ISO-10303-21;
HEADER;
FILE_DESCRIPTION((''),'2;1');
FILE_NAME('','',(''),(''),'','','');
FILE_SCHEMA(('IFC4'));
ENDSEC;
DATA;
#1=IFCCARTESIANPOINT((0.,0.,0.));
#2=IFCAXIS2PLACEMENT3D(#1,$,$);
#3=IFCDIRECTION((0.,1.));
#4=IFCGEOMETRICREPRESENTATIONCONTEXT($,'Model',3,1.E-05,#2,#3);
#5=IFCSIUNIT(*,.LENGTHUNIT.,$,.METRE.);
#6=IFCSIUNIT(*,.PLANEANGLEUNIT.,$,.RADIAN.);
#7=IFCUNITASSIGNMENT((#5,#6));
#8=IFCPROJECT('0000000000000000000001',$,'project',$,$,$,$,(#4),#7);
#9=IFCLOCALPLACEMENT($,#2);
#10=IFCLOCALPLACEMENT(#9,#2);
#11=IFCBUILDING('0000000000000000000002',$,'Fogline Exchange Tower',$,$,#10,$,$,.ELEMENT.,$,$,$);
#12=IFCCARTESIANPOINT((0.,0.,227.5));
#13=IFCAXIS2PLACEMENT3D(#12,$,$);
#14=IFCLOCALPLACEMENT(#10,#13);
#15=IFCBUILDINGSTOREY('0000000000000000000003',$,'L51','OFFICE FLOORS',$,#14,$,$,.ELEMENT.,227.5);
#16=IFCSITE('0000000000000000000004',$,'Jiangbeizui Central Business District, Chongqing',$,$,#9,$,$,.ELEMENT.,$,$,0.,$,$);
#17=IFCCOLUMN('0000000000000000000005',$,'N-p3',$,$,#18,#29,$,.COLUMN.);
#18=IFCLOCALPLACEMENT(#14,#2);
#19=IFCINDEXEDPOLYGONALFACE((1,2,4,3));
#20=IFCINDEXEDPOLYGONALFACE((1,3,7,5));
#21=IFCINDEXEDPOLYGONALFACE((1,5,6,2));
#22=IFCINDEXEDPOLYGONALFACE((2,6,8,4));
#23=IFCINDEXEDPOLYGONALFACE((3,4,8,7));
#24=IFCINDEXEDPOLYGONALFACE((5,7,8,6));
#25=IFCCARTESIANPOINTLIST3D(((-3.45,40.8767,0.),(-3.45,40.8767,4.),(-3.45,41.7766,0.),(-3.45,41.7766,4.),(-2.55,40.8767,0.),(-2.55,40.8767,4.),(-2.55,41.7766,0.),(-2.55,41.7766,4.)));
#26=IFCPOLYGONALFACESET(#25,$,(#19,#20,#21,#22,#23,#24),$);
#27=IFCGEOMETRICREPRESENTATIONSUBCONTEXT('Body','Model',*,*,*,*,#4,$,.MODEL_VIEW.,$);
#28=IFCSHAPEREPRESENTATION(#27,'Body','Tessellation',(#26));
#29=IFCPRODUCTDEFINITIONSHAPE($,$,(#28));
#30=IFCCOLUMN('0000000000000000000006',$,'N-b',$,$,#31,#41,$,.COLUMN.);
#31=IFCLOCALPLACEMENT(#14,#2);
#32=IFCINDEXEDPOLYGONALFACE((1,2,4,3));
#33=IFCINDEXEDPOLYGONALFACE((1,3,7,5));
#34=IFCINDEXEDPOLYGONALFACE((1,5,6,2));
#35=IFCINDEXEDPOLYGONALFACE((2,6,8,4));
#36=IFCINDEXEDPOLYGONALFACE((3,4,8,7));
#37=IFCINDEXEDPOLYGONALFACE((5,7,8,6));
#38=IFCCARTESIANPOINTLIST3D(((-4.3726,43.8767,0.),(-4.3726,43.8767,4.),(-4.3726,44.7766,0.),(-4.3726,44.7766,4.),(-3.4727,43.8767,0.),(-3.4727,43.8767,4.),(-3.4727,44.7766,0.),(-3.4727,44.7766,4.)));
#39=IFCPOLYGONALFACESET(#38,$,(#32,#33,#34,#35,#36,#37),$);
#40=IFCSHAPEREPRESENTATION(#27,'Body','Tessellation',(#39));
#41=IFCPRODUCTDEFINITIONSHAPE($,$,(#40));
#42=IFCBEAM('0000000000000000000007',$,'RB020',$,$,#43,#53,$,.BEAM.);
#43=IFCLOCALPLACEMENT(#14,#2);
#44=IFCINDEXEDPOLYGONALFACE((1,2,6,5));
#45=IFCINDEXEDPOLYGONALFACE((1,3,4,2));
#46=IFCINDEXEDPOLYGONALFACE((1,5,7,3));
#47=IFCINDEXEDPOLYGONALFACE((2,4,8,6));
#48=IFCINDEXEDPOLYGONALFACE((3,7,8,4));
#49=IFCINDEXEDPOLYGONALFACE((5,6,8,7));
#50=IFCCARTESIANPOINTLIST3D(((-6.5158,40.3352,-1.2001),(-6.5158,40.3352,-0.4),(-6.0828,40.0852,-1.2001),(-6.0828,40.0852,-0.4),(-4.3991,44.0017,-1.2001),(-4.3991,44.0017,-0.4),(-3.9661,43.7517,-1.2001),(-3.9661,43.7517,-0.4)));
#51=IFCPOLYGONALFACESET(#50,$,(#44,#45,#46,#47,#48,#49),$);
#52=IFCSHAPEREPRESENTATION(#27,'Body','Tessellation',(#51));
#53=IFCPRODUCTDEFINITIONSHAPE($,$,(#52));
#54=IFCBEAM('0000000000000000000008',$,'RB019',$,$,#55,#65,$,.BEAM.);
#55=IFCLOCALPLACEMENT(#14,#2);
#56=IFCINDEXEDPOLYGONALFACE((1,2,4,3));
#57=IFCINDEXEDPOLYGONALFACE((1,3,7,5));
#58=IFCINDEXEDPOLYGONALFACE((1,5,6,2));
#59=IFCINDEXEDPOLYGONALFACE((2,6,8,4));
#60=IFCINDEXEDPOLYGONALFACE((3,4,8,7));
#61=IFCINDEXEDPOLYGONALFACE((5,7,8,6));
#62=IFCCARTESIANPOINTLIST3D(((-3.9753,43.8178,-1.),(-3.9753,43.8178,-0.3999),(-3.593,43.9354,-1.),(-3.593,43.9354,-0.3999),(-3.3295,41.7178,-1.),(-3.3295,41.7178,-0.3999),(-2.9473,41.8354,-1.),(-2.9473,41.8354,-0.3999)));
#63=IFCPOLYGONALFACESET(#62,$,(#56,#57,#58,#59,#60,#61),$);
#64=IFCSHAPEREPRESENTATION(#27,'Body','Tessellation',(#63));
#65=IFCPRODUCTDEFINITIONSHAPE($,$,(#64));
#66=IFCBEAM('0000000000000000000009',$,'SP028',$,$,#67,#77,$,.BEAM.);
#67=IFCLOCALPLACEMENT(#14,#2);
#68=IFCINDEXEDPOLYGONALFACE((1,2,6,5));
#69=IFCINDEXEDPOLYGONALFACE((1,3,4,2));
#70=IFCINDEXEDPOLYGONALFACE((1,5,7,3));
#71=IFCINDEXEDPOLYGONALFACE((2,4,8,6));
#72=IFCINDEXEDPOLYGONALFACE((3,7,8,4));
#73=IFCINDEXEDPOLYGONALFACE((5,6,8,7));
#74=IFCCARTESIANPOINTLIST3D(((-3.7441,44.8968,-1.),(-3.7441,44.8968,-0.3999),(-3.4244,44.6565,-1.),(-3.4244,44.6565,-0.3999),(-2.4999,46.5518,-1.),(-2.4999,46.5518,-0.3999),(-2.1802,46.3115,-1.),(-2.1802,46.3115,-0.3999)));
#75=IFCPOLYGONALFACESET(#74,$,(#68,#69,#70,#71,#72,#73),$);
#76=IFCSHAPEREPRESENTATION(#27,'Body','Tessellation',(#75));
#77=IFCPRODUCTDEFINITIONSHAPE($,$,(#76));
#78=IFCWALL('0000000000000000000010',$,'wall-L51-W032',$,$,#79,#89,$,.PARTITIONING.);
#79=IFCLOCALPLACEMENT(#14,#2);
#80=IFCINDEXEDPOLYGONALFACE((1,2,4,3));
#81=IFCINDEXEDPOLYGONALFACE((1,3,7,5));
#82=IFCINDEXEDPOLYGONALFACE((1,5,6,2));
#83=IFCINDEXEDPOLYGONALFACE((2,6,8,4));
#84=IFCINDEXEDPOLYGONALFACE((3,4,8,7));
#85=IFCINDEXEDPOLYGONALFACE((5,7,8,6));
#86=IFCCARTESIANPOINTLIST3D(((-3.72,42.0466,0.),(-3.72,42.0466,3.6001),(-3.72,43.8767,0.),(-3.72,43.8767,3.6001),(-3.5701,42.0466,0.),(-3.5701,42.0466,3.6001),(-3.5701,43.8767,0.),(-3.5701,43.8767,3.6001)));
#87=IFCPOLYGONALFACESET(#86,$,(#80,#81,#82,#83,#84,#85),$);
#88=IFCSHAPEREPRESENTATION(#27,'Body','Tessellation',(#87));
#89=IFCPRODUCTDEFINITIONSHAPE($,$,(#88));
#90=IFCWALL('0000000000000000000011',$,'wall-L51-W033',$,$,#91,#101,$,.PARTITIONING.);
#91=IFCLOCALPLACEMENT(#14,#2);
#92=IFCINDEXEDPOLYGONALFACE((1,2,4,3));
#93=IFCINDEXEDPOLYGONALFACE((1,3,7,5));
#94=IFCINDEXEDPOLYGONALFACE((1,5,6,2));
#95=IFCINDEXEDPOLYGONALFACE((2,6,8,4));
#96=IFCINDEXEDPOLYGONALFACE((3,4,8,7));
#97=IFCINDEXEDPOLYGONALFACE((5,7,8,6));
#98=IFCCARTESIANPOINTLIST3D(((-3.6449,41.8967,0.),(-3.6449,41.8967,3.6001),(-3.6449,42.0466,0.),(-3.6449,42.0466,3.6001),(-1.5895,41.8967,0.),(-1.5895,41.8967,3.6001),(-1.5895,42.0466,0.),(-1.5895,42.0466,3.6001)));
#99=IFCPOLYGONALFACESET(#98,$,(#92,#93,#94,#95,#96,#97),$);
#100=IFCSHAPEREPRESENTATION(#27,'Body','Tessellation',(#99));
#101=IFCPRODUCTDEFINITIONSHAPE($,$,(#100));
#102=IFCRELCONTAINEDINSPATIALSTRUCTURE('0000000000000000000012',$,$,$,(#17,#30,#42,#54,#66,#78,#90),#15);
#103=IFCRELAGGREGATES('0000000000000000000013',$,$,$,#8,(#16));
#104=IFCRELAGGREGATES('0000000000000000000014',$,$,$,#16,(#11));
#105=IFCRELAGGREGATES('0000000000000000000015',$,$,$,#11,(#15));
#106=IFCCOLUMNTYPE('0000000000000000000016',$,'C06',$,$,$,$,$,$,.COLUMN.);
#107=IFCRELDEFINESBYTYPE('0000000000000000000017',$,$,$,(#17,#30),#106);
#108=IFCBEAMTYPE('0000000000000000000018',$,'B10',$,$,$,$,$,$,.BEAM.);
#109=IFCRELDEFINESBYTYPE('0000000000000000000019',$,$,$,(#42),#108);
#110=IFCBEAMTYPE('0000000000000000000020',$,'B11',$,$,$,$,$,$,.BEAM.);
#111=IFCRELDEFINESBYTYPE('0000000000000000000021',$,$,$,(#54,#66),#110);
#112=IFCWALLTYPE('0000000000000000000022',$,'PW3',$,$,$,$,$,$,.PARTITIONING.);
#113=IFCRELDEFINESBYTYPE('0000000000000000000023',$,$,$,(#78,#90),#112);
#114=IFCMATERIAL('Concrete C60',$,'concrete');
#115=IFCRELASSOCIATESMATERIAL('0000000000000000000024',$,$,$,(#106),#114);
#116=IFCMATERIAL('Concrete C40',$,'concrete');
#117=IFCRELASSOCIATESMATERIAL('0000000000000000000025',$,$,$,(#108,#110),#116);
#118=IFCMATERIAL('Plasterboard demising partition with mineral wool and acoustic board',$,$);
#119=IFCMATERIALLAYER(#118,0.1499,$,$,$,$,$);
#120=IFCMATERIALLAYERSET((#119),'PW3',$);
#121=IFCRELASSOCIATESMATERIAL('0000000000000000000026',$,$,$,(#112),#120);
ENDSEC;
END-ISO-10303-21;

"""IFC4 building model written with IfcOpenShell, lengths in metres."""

from ifc_helpers import new_model, si_unit, direction, frame, frame_2d, origin, origin_2d, place, context, subcontext, project, spatial, rectangle, extrude, material, layer, layer_set, material_profile, profile_set, type_object, element, save


model = new_model("IFC4")

# Units and contexts
model_context = context("Model", 3, precision=1e-05, world=origin(), true_north=direction((0.0, 1.0)))
body_context = subcontext(model_context, "Body", "Model", "MODEL_VIEW")
ifc_project = project(units=[si_unit("LENGTHUNIT", "METRE"), si_unit("PLANEANGLEUNIT", "RADIAN")], contexts=[model_context])

# Site, building, storey
site_placement = place(None, origin())
site = spatial("IfcSite", under=ifc_project, at=site_placement, Name="Jiangbeizui Central Business District, Chongqing", CompositionType="ELEMENT", RefElevation=0.0)
building_placement = place(site_placement, origin())
building = spatial("IfcBuilding", under=site, at=building_placement, Name="Fogline Exchange Tower", CompositionType="ELEMENT")
storey_placement = place(building_placement, frame((0.0, 0.0, 227.5)))
storey = spatial("IfcBuildingStorey", under=building, at=storey_placement, Name="L51", Description="OFFICE FLOORS", CompositionType="ELEMENT", Elevation=227.5)

# Columns
ifc_material_1 = material(Name="Concrete C60", Category="concrete")
ifc_material_profile_1 = material_profile(ifc_material_1, rectangle(XDim=0.8999, YDim=0.8999, at=origin_2d()), Name="RC 900x900")
ifc_profile_set_1 = profile_set([ifc_material_profile_1], Name="Concrete C60")
column_type = type_object("IfcColumnType", Name="C06", PredefinedType="COLUMN", material=ifc_profile_set_1)
for number, where, z_axis, x_axis, name in (
    (1, (-3.0, 41.3267, 0.0), (0.0, 0.0, 1.0), (1.0, 0.0, 0.0), "N-p3"),
    (2, (-3.9226, 44.3267, 0.0), (0.0, 0.0, 1.0), (1.0, 0.0, 0.0), "N-b"),
):
    element("IfcColumn", number, at=place(storey_placement, frame(where, z_axis=z_axis, x_axis=x_axis)), inside=storey, type_object=column_type, Name=name, PredefinedType="COLUMN", context=body_context, shape_type="SweptSolid", body=[
        extrude(rectangle(XDim=0.8999, YDim=0.8999, at=origin_2d()), origin(), (0.0, 0.0, 1.0), 4.0),
    ])

# Beams
ifc_material_2 = material(Name="Concrete C40", Category="concrete")
ifc_material_profile_2 = material_profile(ifc_material_2, rectangle(XDim=0.5, YDim=0.8, at=origin_2d()), Name="RC 500x800")
ifc_profile_set_2 = profile_set([ifc_material_profile_2], Name="Concrete C40")
beam_type_1 = type_object("IfcBeamType", Name="B10", PredefinedType="BEAM", material=ifc_profile_set_2)
beam_1_placement = place(storey_placement, frame((-4.1826, 43.8767, -0.8), z_axis=(-0.499972, -0.866042, 0.0), x_axis=(0.866042, -0.499972, 0.0)))
element("IfcBeam", 3, at=beam_1_placement, inside=storey, type_object=beam_type_1, Name="RB020", PredefinedType="BEAM", context=body_context, shape_type="SweptSolid", body=[
    extrude(rectangle(XDim=0.5, YDim=0.8, at=origin_2d()), origin(), (0.0, 0.0, 1.0), 4.2336),
])
ifc_material_profile_3 = material_profile(ifc_material_2, rectangle(XDim=0.3999, YDim=0.6001, at=origin_2d()), Name="RC 400x600")
ifc_profile_set_3 = profile_set([ifc_material_profile_3], Name="Concrete C40")
beam_type_2 = type_object("IfcBeamType", Name="B11", PredefinedType="BEAM", material=ifc_profile_set_3)
beam_2_placement = place(storey_placement, frame((-3.1384, 41.7766, -0.7), z_axis=(-0.293906, 0.955834, 0.0), x_axis=(-0.955834, -0.293906, 0.0)))
element("IfcBeam", 4, at=beam_2_placement, inside=storey, type_object=beam_type_2, Name="RB019", PredefinedType="BEAM", context=body_context, shape_type="SweptSolid", body=[
    extrude(rectangle(XDim=0.3999, YDim=0.6001, at=origin_2d()), origin(), (0.0, 0.0, 1.0), 2.197),
])
beam_3_placement = place(storey_placement, frame((-3.5842, 44.7766, -0.7), z_axis=(0.600886, 0.799334, 0.0), x_axis=(-0.799334, 0.600886, 0.0)))
element("IfcBeam", 5, at=beam_3_placement, inside=storey, type_object=beam_type_2, Name="SP028", PredefinedType="BEAM", context=body_context, shape_type="SweptSolid", body=[
    extrude(rectangle(XDim=0.3999, YDim=0.6001, at=origin_2d()), origin(), (0.0, 0.0, 1.0), 2.0706),
])

# Walls
ifc_material_3 = material(Name="Plasterboard demising partition with mineral wool and acoustic board")
ifc_layer_1 = layer(ifc_material_3, 0.1499)
ifc_layer_set_1 = layer_set([ifc_layer_1], Name="PW3")
wall_type_1 = type_object("IfcWallType", Name="PW3", PredefinedType="PARTITIONING", material=ifc_layer_set_1)
wall_1_placement = place(storey_placement, frame((-3.645, 43.8767, 0.0), z_axis=(0.0, 0.0, 1.0), x_axis=(0.0, -1.0, 0.0)))
element("IfcWall", 6, at=wall_1_placement, inside=storey, type_object=wall_type_1, Name="wall-L51-W032", PredefinedType="PARTITIONING", context=body_context, shape_type="SweptSolid", body=[
    extrude(rectangle(XDim=1.8301, YDim=0.1499, at=frame_2d((0.915, 0.0))), origin(), (0.0, 0.0, 1.0), 3.6001),
])
wall_2_placement = place(storey_placement, frame((-3.645, 41.9717, 0.0), z_axis=(0.0, 0.0, 1.0), x_axis=(1.0, 0.0, 0.0)))
element("IfcWall", 7, at=wall_2_placement, inside=storey, type_object=wall_type_1, Name="wall-L51-W033", PredefinedType="PARTITIONING", context=body_context, shape_type="SweptSolid", body=[
    extrude(rectangle(XDim=2.0554, YDim=0.1499, at=frame_2d((1.0278, 0.0))), origin(), (0.0, 0.0, 1.0), 3.6001),
])

save(model, "model.ifc")
